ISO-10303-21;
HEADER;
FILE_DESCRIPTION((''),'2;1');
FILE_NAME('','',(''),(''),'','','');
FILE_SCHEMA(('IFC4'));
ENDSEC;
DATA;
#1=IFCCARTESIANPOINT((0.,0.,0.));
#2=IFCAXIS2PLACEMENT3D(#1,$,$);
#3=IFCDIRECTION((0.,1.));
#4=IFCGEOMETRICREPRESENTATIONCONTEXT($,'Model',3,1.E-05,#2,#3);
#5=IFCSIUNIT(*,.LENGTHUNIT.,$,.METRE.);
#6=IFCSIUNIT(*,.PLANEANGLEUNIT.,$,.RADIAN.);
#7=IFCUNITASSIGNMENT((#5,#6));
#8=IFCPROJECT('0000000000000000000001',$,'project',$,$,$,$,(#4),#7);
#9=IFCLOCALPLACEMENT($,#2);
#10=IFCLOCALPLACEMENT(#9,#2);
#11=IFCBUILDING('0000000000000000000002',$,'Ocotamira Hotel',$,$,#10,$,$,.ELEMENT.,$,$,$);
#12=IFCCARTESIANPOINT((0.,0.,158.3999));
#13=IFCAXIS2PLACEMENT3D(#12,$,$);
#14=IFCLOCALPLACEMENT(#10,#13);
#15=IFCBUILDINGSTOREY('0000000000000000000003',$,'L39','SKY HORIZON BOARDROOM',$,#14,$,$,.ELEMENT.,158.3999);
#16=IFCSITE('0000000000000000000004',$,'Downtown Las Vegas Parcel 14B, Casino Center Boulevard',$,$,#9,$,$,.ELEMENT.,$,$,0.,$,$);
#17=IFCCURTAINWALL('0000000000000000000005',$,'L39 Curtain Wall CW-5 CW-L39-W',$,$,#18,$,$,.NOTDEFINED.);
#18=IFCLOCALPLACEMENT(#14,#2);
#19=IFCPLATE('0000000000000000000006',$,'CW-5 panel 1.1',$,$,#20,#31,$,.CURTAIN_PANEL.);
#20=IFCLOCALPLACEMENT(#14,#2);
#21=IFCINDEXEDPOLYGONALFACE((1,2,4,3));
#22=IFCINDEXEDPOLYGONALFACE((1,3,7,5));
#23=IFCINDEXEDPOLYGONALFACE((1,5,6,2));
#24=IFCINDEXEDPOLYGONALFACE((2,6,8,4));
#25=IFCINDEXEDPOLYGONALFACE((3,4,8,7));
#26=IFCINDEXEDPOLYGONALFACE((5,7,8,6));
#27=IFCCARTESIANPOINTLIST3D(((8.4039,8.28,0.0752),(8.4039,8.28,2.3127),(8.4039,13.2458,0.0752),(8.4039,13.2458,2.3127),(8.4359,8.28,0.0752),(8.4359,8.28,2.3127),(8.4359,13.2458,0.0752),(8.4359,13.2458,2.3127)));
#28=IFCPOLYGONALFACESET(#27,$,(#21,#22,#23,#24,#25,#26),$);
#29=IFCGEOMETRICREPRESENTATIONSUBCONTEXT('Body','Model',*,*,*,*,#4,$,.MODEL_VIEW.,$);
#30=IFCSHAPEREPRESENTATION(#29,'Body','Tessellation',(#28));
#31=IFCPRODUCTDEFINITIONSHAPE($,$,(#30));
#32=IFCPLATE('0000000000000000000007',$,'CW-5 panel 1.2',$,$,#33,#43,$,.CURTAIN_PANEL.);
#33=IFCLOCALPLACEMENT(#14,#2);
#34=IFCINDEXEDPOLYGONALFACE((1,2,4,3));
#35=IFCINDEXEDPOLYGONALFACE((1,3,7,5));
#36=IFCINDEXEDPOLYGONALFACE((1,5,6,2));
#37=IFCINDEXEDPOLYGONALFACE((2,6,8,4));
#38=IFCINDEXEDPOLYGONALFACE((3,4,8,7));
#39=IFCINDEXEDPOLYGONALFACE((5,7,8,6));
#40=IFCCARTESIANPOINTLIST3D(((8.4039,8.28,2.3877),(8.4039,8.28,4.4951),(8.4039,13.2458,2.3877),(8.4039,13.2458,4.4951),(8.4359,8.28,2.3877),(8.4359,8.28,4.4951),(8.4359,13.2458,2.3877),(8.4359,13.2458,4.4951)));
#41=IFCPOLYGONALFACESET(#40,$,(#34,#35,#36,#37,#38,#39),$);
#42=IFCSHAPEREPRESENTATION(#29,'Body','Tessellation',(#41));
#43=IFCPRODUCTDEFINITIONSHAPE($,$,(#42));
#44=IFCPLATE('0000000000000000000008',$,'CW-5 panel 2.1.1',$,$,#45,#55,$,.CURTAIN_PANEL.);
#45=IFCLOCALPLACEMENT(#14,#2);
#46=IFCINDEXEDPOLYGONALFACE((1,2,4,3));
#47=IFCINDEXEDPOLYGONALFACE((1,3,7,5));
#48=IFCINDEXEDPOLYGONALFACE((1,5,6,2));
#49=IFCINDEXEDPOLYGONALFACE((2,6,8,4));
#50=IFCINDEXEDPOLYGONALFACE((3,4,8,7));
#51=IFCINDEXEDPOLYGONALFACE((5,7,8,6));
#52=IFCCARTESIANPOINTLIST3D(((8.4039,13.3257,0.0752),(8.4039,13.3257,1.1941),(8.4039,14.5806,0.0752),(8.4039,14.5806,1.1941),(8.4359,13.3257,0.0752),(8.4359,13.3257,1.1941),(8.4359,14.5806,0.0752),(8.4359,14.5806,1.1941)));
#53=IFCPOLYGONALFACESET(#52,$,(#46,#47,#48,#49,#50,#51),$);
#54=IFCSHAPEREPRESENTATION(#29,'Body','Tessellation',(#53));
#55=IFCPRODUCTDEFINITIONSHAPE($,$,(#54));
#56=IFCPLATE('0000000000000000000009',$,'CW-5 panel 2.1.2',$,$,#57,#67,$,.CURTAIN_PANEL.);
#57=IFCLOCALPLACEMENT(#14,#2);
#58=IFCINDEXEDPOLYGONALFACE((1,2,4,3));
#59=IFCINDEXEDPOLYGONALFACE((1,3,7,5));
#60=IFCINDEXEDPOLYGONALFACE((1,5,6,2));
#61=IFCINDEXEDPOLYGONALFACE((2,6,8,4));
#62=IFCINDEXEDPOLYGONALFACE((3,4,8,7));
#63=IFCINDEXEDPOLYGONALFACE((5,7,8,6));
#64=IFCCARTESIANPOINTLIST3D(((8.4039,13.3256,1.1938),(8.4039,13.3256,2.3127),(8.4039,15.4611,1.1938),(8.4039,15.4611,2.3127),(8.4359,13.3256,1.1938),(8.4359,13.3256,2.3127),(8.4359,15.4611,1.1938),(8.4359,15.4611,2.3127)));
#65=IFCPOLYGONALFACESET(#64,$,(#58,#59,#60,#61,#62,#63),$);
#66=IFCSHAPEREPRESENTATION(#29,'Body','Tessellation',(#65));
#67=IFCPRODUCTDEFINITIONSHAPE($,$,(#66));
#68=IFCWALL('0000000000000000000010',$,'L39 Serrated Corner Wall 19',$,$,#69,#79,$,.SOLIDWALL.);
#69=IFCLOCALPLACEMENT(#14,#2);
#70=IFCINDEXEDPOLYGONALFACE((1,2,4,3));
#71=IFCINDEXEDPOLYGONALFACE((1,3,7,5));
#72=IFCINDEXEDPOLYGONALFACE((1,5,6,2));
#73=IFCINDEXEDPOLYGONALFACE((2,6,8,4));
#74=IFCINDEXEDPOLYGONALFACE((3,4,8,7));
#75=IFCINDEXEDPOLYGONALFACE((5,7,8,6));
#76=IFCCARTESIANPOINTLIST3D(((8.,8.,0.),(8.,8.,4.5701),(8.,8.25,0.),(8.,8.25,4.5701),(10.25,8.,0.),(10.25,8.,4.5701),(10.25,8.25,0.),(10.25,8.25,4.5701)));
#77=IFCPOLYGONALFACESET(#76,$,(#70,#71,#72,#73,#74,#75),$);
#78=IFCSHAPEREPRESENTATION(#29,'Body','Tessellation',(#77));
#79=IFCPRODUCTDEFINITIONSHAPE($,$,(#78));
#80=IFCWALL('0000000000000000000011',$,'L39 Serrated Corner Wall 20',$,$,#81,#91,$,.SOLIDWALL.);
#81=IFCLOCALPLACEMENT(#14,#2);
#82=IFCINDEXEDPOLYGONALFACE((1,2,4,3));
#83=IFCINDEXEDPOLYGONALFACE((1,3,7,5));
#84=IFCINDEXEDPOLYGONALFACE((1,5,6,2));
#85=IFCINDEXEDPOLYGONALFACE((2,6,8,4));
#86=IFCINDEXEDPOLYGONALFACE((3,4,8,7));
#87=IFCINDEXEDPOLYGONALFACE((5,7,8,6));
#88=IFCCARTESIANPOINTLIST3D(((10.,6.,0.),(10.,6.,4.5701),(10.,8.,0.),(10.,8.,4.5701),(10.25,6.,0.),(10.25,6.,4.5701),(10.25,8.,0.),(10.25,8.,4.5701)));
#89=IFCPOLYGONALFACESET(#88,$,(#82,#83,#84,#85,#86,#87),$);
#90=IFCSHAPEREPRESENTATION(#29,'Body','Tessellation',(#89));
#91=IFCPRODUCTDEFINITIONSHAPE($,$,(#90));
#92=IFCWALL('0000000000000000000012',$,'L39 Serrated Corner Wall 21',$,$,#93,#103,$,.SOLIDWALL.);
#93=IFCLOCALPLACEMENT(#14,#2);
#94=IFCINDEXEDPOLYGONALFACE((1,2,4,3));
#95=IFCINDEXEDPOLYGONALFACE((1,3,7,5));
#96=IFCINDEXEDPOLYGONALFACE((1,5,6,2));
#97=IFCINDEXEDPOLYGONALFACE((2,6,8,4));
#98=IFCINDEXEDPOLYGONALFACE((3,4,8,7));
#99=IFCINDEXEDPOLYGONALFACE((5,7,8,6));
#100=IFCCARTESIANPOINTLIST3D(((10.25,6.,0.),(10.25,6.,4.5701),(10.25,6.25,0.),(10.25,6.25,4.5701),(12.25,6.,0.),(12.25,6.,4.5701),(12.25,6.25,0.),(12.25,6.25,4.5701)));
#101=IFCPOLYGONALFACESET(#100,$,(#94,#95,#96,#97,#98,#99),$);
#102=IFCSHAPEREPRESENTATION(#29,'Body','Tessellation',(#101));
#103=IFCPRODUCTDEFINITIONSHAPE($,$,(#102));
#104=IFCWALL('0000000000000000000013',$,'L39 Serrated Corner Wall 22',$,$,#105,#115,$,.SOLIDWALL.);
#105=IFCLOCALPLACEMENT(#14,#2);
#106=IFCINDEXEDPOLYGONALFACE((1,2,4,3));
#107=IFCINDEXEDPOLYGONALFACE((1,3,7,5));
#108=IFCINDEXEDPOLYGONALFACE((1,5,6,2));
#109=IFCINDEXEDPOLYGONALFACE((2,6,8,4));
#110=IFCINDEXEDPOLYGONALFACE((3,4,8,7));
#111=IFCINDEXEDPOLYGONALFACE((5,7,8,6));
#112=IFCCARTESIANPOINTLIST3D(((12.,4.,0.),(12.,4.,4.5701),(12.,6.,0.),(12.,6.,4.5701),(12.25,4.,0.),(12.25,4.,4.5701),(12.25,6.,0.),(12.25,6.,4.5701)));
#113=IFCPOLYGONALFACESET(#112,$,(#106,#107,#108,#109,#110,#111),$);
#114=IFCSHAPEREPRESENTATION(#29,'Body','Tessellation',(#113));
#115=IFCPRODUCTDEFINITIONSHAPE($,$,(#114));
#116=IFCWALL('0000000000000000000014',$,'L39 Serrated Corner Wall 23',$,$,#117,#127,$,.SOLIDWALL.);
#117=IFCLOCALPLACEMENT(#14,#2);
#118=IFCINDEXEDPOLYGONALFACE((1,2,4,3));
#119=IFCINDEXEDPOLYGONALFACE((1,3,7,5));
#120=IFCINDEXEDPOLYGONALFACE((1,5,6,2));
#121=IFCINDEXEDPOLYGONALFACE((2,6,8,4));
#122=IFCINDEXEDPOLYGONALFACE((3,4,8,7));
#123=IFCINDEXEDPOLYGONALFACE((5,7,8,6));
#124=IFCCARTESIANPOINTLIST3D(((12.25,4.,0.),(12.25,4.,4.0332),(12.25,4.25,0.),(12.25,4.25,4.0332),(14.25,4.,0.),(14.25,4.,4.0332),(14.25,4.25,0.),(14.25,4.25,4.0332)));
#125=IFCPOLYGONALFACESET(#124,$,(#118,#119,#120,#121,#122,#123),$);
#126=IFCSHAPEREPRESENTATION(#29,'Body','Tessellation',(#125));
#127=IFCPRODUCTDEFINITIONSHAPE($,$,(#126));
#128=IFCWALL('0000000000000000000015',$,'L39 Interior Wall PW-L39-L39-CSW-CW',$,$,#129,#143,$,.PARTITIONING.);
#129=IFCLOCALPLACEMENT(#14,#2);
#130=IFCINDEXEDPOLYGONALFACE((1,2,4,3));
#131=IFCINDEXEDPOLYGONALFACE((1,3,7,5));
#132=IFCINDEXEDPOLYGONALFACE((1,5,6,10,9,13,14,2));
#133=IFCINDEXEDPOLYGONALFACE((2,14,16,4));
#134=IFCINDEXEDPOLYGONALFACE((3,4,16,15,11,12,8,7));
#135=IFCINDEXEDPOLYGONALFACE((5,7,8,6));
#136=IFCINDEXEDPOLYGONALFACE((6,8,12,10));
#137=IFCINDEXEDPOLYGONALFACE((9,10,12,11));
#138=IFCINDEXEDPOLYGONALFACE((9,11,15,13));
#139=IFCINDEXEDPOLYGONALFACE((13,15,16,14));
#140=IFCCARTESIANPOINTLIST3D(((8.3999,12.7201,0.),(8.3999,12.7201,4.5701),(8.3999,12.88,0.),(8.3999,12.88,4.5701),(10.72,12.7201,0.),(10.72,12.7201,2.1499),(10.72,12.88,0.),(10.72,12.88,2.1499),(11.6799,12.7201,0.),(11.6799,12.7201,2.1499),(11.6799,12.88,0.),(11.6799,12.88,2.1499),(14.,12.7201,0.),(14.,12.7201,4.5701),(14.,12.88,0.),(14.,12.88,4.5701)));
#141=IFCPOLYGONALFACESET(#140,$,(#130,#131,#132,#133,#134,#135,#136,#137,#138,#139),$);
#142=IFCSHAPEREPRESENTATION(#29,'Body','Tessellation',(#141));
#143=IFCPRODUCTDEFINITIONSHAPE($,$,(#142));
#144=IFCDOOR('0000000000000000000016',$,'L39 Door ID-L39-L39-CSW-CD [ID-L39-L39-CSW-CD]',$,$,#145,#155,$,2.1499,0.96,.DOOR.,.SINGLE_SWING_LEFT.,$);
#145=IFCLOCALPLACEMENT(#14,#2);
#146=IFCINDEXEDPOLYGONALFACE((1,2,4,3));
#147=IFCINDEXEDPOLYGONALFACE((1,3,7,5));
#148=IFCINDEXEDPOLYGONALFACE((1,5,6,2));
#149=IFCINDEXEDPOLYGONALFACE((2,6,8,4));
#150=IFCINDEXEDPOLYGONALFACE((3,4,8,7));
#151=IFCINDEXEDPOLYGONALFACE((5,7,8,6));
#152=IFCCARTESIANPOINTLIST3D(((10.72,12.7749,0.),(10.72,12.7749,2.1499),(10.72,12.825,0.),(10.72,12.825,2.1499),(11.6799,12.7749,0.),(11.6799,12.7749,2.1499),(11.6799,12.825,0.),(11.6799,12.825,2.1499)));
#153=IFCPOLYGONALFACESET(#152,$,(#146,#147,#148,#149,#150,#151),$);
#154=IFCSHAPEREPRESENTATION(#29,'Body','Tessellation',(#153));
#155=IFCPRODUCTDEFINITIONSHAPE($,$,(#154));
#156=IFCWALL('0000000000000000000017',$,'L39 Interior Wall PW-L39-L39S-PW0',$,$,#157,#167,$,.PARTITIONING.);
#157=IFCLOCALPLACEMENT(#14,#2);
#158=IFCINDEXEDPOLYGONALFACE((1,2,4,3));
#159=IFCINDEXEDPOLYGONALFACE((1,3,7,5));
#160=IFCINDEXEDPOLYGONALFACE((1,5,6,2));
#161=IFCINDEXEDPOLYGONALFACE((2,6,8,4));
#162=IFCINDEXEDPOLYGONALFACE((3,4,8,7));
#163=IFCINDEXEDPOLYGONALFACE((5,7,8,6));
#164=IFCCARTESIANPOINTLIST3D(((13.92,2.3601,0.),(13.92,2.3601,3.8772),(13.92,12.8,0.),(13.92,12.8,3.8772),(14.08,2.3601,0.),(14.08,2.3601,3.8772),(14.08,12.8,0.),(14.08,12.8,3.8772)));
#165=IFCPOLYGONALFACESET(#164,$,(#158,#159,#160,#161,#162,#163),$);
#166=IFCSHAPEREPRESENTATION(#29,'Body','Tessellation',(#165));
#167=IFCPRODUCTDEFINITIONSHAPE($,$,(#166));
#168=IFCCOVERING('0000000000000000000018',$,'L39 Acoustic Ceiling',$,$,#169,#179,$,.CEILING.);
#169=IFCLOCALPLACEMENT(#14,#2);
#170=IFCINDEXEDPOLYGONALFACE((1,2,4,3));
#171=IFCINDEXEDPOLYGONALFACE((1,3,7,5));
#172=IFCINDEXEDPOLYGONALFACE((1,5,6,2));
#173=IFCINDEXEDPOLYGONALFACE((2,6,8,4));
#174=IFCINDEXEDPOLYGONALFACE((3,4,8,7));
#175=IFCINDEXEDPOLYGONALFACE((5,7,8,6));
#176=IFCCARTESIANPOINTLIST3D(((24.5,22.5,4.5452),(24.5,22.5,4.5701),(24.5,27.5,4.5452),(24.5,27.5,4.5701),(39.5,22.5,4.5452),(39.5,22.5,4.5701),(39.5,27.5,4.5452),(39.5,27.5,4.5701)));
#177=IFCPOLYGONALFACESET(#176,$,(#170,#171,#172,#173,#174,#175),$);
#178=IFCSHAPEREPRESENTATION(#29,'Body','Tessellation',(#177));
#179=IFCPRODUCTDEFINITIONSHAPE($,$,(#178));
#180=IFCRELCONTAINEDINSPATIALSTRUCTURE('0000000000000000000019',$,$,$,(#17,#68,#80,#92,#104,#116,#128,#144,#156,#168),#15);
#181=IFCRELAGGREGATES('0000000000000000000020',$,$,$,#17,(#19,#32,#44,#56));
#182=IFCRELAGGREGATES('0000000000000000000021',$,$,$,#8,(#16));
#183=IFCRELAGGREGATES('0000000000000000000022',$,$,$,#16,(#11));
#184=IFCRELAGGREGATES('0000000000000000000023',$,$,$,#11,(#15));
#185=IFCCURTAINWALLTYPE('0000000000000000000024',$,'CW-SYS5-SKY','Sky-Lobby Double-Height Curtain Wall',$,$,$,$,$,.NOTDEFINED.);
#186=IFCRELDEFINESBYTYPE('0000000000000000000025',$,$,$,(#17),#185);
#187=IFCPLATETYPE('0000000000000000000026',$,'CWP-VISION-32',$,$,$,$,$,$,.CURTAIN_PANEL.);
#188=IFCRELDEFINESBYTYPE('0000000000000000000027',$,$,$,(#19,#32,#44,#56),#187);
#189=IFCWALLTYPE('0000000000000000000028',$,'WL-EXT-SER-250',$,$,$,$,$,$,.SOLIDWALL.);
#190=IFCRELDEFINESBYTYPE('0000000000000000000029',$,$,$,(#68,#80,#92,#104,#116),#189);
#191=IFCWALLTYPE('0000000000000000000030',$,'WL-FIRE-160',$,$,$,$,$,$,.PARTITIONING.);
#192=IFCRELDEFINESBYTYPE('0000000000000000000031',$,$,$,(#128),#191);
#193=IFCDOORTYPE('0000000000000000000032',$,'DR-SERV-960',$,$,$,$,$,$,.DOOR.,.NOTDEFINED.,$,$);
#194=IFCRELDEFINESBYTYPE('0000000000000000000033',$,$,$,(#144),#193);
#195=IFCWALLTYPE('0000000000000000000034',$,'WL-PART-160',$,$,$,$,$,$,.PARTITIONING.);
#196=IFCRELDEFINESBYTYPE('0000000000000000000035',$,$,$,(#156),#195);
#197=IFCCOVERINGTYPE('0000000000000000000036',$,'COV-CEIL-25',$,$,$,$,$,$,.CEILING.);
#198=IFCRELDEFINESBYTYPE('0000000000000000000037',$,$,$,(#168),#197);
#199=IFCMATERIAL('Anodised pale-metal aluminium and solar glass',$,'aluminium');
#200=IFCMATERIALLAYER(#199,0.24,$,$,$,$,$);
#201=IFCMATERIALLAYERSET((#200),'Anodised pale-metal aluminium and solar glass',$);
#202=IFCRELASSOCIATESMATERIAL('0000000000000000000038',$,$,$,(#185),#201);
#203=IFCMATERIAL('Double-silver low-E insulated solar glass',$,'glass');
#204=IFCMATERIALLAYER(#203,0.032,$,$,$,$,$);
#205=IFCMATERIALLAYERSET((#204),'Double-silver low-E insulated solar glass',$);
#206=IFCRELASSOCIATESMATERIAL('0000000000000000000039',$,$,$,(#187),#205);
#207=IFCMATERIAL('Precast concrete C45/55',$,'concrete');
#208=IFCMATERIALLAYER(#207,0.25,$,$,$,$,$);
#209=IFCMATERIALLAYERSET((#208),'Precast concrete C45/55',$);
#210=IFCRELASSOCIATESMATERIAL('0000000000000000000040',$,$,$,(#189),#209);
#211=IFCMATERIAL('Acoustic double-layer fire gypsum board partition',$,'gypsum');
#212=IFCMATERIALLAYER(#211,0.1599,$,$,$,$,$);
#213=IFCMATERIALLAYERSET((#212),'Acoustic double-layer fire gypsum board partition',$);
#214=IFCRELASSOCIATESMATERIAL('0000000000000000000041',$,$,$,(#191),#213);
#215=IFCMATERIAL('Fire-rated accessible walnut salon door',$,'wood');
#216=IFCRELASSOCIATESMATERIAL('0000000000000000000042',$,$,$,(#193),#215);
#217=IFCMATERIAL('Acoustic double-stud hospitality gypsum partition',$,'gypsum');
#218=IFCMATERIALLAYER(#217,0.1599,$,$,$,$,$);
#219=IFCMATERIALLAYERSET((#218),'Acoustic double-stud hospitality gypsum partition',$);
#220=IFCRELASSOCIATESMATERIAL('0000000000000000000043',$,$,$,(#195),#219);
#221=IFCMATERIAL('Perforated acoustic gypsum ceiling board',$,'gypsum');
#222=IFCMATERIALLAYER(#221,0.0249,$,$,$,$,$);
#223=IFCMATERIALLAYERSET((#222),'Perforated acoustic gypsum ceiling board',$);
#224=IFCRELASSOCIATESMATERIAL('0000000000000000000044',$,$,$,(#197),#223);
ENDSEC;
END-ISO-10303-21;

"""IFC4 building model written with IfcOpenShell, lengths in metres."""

from ifc_helpers import new_model, si_unit, direction, frame, frame_2d, origin, origin_2d, place, context, subcontext, project, spatial, polyline, rectangle, outline, extrude, source, transform, mapped, material, layer, layer_set, type_object, element, fill, aggregate, save


model = new_model("IFC4")

# Units and contexts
model_context = context("Model", 3, precision=1e-05, world=origin(), true_north=direction((0.0, 1.0)))
body_context = subcontext(model_context, "Body", "Model", "MODEL_VIEW")
ifc_project = project(units=[si_unit("LENGTHUNIT", "METRE"), si_unit("PLANEANGLEUNIT", "RADIAN")], contexts=[model_context])

# Site, building, storey
site_placement = place(None, origin())
site = spatial("IfcSite", under=ifc_project, at=site_placement, Name="Downtown Las Vegas Parcel 14B, Casino Center Boulevard", CompositionType="ELEMENT", RefElevation=0.0)
building_placement = place(site_placement, origin())
building = spatial("IfcBuilding", under=site, at=building_placement, Name="Ocotamira Hotel", CompositionType="ELEMENT")
storey_placement = place(building_placement, frame((0.0, 0.0, 158.3999)))
storey = spatial("IfcBuildingStorey", under=building, at=storey_placement, Name="L39", Description="SKY HORIZON BOARDROOM", CompositionType="ELEMENT", Elevation=158.3999)

# Curtain wall
ifc_material_1 = material(Name="Anodised pale-metal aluminium and solar glass", Category="aluminium")
ifc_layer_1 = layer(ifc_material_1, 0.24)
ifc_layer_set_1 = layer_set([ifc_layer_1], Name="Anodised pale-metal aluminium and solar glass")
curtain_wall_type = type_object("IfcCurtainWallType", Name="CW-SYS5-SKY", Description="Sky-Lobby Double-Height Curtain Wall", PredefinedType="NOTDEFINED", material=ifc_layer_set_1)
curtain_wall_placement = place(storey_placement, origin())
curtain_wall = element("IfcCurtainWall", 1, at=curtain_wall_placement, inside=storey, type_object=curtain_wall_type, Name="L39 Curtain Wall CW-5 CW-L39-W", PredefinedType="NOTDEFINED")

# Plates
ifc_material_2 = material(Name="Double-silver low-E insulated solar glass", Category="glass")
ifc_layer_2 = layer(ifc_material_2, 0.032)
ifc_layer_set_2 = layer_set([ifc_layer_2], Name="Double-silver low-E insulated solar glass")
plate_type = type_object("IfcPlateType", Name="CWP-VISION-32", PredefinedType="CURTAIN_PANEL", material=ifc_layer_set_2)
shared_shape_1 = source(origin(), body_context, "Body", "SweptSolid", [
    extrude(rectangle(XDim=4.9658, YDim=0.032, at=origin_2d()), origin(), (0.0, 0.0, 1.0), 2.2375),
])
plate_1_placement = place(storey_placement, frame((8.4199, 10.7629, 0.0752), z_axis=(0.0, 0.0, 1.0), x_axis=(0.0, 1.0, 0.0)))
plate_1 = element("IfcPlate", 2, at=plate_1_placement, type_object=plate_type, Name="CW-5 panel 1.1", PredefinedType="CURTAIN_PANEL", context=body_context, shape_type="MappedRepresentation", body=[
    mapped(shared_shape_1, transform((0.0, 0.0, 0.0), scale=1.0)),
])
shared_shape_2 = source(origin(), body_context, "Body", "SweptSolid", [
    extrude(rectangle(XDim=4.9658, YDim=0.032, at=origin_2d()), origin(), (0.0, 0.0, 1.0), 2.1074),
])
plate_2_placement = place(storey_placement, frame((8.4199, 10.7629, 2.3877), z_axis=(0.0, 0.0, 1.0), x_axis=(0.0, 1.0, 0.0)))
plate_2 = element("IfcPlate", 3, at=plate_2_placement, type_object=plate_type, Name="CW-5 panel 1.2", PredefinedType="CURTAIN_PANEL", context=body_context, shape_type="MappedRepresentation", body=[
    mapped(shared_shape_2, transform((0.0, 0.0, 0.0), scale=1.0)),
])
shared_shape_3 = source(origin(), body_context, "Body", "SweptSolid", [
    extrude(rectangle(XDim=1.2549, YDim=0.032, at=origin_2d()), origin(), (0.0, 0.0, 1.0), 1.1189),
])
plate_3_placement = place(storey_placement, frame((8.4199, 13.9531, 0.0752), z_axis=(0.0, 0.0, 1.0), x_axis=(0.0, 1.0, 0.0)))
plate_3 = element("IfcPlate", 4, at=plate_3_placement, type_object=plate_type, Name="CW-5 panel 2.1.1", PredefinedType="CURTAIN_PANEL", context=body_context, shape_type="MappedRepresentation", body=[
    mapped(shared_shape_3, transform((0.0, 0.0, 0.0), scale=1.0)),
])
shared_shape_4 = source(origin(), body_context, "Body", "SweptSolid", [
    extrude(rectangle(XDim=2.1355, YDim=0.032, at=origin_2d()), origin(), (0.0, 0.0, 1.0), 1.1189),
])
plate_4_placement = place(storey_placement, frame((8.4199, 14.3933, 1.1938), z_axis=(0.0, 0.0, 1.0), x_axis=(0.0, 1.0, 0.0)))
plate_4 = element("IfcPlate", 5, at=plate_4_placement, type_object=plate_type, Name="CW-5 panel 2.1.2", PredefinedType="CURTAIN_PANEL", context=body_context, shape_type="MappedRepresentation", body=[
    mapped(shared_shape_4, transform((0.0, 0.0, 0.0), scale=1.0)),
])
aggregate(curtain_wall, [plate_1, plate_2, plate_3, plate_4])

# Walls
ifc_material_3 = material(Name="Precast concrete C45/55", Category="concrete")
ifc_layer_3 = layer(ifc_material_3, 0.25)
ifc_layer_set_3 = layer_set([ifc_layer_3], Name="Precast concrete C45/55")
wall_type_1 = type_object("IfcWallType", Name="WL-EXT-SER-250", PredefinedType="SOLIDWALL", material=ifc_layer_set_3)
wall_1_placement = place(storey_placement, frame((8.0, 8.125, 0.0), z_axis=(0.0, 0.0, 1.0), x_axis=(1.0, 0.0, 0.0)))
element("IfcWall", 6, at=wall_1_placement, inside=storey, type_object=wall_type_1, Name="L39 Serrated Corner Wall 19", PredefinedType="SOLIDWALL", context=body_context, shape_type="SweptSolid", body=[
    extrude(rectangle(XDim=2.25, YDim=0.25, at=frame_2d((1.125, 0.0))), origin(), (0.0, 0.0, 1.0), 4.5701),
])
for number, where, z_axis, x_axis, name in (
    (7, (10.125, 8.0, 0.0), (0.0, 0.0, 1.0), (0.0, -1.0, 0.0), "L39 Serrated Corner Wall 20"),
    (8, (10.25, 6.125, 0.0), (0.0, 0.0, 1.0), (1.0, 0.0, 0.0), "L39 Serrated Corner Wall 21"),
    (9, (12.125, 6.0, 0.0), (0.0, 0.0, 1.0), (0.0, -1.0, 0.0), "L39 Serrated Corner Wall 22"),
):
    element("IfcWall", number, at=place(storey_placement, frame(where, z_axis=z_axis, x_axis=x_axis)), inside=storey, type_object=wall_type_1, Name=name, PredefinedType="SOLIDWALL", context=body_context, shape_type="SweptSolid", body=[
        extrude(rectangle(XDim=2.0, YDim=0.25, at=frame_2d((1.0, 0.0))), origin(), (0.0, 0.0, 1.0), 4.5701),
    ])
wall_2_placement = place(storey_placement, frame((12.25, 4.125, 0.0), z_axis=(0.0, 0.0, 1.0), x_axis=(1.0, 0.0, 0.0)))
element("IfcWall", 10, at=wall_2_placement, inside=storey, type_object=wall_type_1, Name="L39 Serrated Corner Wall 23", PredefinedType="SOLIDWALL", context=body_context, shape_type="SweptSolid", body=[
    extrude(rectangle(XDim=2.0, YDim=0.25, at=frame_2d((1.0, 0.0))), origin(), (0.0, 0.0, 1.0), 4.0332),
])

# Wall, opening, door
ifc_material_4 = material(Name="Acoustic double-layer fire gypsum board partition", Category="gypsum")
ifc_layer_4 = layer(ifc_material_4, 0.1599)
ifc_layer_set_4 = layer_set([ifc_layer_4], Name="Acoustic double-layer fire gypsum board partition")
wall_type_2 = type_object("IfcWallType", Name="WL-FIRE-160", PredefinedType="PARTITIONING", material=ifc_layer_set_4)
wall_3_placement = place(storey_placement, frame((8.3999, 12.8, 0.0), z_axis=(0.0, 0.0, 1.0), x_axis=(1.0, 0.0, 0.0)))
wall_3 = element("IfcWall", 11, at=wall_3_placement, inside=storey, type_object=wall_type_2, Name="L39 Interior Wall PW-L39-L39-CSW-CW", PredefinedType="PARTITIONING", context=body_context, shape_type="SweptSolid", body=[
    extrude(rectangle(XDim=5.6001, YDim=0.1599, at=frame_2d((2.8, 0.0))), origin(), (0.0, 0.0, 1.0), 4.5701),
])
opening_placement = place(wall_3_placement, frame((2.3201, 0.0, 0.0)))
opening = element("IfcOpeningElement", 12, at=opening_placement, cuts=wall_3, PredefinedType="OPENING", context=body_context, shape_type="SweptSolid", body=[
    extrude(rectangle(XDim=0.96, YDim=2.1499, at=frame_2d((0.48, 1.075))), frame((0.0, 0.0898, 0.0), z_axis=(0.0, -1.0, 0.0), x_axis=(1.0, 0.0, 0.0)), (0.0, 0.0, 1.0), 0.1799),
])
ifc_material_5 = material(Name="Fire-rated accessible walnut salon door", Category="wood")
door_type = type_object("IfcDoorType", Name="DR-SERV-960", OperationType="NOTDEFINED", PredefinedType="DOOR", material=ifc_material_5)
shared_shape_5 = source(origin(), body_context, "Body", "SweptSolid", [
    extrude(rectangle(XDim=0.96, YDim=2.1499, at=frame_2d((0.48, 1.075))), frame((0.0, 0.0249, 0.0), z_axis=(0.0, -1.0, 0.0), x_axis=(1.0, 0.0, 0.0)), (0.0, 0.0, 1.0), 0.05),
])
door_placement = place(opening_placement, origin())
door = element("IfcDoor", 13, at=door_placement, inside=storey, type_object=door_type, Name="L39 Door ID-L39-L39-CSW-CD [ID-L39-L39-CSW-CD]", OperationType="SINGLE_SWING_LEFT", OverallHeight=2.1499, OverallWidth=0.96, PredefinedType="DOOR", context=body_context, shape_type="MappedRepresentation", body=[
    mapped(shared_shape_5, transform((0.0, 0.0, 0.0), scale=1.0)),
])
fill(opening, door)

# Wall
ifc_material_6 = material(Name="Acoustic double-stud hospitality gypsum partition", Category="gypsum")
ifc_layer_5 = layer(ifc_material_6, 0.1599)
ifc_layer_set_5 = layer_set([ifc_layer_5], Name="Acoustic double-stud hospitality gypsum partition")
wall_type_3 = type_object("IfcWallType", Name="WL-PART-160", PredefinedType="PARTITIONING", material=ifc_layer_set_5)
wall_4_placement = place(storey_placement, frame((14.0, 2.3601, 0.0), z_axis=(0.0, 0.0, 1.0), x_axis=(0.0, 1.0, 0.0)))
element("IfcWall", 14, at=wall_4_placement, inside=storey, type_object=wall_type_3, Name="L39 Interior Wall PW-L39-L39S-PW0", PredefinedType="PARTITIONING", context=body_context, shape_type="SweptSolid", body=[
    extrude(rectangle(XDim=10.4399, YDim=0.1599, at=frame_2d((5.22, 0.0))), origin(), (0.0, 0.0, 1.0), 3.8772),
])

# Covering
ifc_material_7 = material(Name="Perforated acoustic gypsum ceiling board", Category="gypsum")
ifc_layer_6 = layer(ifc_material_7, 0.0249)
ifc_layer_set_6 = layer_set([ifc_layer_6], Name="Perforated acoustic gypsum ceiling board")
covering_type_1 = type_object("IfcCoveringType", Name="COV-CEIL-25", PredefinedType="CEILING", material=ifc_layer_set_6)
covering_1_placement = place(storey_placement, frame((0.0, 0.0, 4.5452)))
element("IfcCovering", 15, at=covering_1_placement, inside=storey, type_object=covering_type_1, Name="L39 Acoustic Ceiling", PredefinedType="CEILING", context=body_context, shape_type="SweptSolid", body=[
    extrude(outline(polyline([(24.5, 22.5), (39.5, 22.5), (39.5, 27.5), (24.5, 27.5), (24.5, 22.5)])), origin(), (0.0, 0.0, 1.0), 0.0249),
])

save(model, "model.ifc")
